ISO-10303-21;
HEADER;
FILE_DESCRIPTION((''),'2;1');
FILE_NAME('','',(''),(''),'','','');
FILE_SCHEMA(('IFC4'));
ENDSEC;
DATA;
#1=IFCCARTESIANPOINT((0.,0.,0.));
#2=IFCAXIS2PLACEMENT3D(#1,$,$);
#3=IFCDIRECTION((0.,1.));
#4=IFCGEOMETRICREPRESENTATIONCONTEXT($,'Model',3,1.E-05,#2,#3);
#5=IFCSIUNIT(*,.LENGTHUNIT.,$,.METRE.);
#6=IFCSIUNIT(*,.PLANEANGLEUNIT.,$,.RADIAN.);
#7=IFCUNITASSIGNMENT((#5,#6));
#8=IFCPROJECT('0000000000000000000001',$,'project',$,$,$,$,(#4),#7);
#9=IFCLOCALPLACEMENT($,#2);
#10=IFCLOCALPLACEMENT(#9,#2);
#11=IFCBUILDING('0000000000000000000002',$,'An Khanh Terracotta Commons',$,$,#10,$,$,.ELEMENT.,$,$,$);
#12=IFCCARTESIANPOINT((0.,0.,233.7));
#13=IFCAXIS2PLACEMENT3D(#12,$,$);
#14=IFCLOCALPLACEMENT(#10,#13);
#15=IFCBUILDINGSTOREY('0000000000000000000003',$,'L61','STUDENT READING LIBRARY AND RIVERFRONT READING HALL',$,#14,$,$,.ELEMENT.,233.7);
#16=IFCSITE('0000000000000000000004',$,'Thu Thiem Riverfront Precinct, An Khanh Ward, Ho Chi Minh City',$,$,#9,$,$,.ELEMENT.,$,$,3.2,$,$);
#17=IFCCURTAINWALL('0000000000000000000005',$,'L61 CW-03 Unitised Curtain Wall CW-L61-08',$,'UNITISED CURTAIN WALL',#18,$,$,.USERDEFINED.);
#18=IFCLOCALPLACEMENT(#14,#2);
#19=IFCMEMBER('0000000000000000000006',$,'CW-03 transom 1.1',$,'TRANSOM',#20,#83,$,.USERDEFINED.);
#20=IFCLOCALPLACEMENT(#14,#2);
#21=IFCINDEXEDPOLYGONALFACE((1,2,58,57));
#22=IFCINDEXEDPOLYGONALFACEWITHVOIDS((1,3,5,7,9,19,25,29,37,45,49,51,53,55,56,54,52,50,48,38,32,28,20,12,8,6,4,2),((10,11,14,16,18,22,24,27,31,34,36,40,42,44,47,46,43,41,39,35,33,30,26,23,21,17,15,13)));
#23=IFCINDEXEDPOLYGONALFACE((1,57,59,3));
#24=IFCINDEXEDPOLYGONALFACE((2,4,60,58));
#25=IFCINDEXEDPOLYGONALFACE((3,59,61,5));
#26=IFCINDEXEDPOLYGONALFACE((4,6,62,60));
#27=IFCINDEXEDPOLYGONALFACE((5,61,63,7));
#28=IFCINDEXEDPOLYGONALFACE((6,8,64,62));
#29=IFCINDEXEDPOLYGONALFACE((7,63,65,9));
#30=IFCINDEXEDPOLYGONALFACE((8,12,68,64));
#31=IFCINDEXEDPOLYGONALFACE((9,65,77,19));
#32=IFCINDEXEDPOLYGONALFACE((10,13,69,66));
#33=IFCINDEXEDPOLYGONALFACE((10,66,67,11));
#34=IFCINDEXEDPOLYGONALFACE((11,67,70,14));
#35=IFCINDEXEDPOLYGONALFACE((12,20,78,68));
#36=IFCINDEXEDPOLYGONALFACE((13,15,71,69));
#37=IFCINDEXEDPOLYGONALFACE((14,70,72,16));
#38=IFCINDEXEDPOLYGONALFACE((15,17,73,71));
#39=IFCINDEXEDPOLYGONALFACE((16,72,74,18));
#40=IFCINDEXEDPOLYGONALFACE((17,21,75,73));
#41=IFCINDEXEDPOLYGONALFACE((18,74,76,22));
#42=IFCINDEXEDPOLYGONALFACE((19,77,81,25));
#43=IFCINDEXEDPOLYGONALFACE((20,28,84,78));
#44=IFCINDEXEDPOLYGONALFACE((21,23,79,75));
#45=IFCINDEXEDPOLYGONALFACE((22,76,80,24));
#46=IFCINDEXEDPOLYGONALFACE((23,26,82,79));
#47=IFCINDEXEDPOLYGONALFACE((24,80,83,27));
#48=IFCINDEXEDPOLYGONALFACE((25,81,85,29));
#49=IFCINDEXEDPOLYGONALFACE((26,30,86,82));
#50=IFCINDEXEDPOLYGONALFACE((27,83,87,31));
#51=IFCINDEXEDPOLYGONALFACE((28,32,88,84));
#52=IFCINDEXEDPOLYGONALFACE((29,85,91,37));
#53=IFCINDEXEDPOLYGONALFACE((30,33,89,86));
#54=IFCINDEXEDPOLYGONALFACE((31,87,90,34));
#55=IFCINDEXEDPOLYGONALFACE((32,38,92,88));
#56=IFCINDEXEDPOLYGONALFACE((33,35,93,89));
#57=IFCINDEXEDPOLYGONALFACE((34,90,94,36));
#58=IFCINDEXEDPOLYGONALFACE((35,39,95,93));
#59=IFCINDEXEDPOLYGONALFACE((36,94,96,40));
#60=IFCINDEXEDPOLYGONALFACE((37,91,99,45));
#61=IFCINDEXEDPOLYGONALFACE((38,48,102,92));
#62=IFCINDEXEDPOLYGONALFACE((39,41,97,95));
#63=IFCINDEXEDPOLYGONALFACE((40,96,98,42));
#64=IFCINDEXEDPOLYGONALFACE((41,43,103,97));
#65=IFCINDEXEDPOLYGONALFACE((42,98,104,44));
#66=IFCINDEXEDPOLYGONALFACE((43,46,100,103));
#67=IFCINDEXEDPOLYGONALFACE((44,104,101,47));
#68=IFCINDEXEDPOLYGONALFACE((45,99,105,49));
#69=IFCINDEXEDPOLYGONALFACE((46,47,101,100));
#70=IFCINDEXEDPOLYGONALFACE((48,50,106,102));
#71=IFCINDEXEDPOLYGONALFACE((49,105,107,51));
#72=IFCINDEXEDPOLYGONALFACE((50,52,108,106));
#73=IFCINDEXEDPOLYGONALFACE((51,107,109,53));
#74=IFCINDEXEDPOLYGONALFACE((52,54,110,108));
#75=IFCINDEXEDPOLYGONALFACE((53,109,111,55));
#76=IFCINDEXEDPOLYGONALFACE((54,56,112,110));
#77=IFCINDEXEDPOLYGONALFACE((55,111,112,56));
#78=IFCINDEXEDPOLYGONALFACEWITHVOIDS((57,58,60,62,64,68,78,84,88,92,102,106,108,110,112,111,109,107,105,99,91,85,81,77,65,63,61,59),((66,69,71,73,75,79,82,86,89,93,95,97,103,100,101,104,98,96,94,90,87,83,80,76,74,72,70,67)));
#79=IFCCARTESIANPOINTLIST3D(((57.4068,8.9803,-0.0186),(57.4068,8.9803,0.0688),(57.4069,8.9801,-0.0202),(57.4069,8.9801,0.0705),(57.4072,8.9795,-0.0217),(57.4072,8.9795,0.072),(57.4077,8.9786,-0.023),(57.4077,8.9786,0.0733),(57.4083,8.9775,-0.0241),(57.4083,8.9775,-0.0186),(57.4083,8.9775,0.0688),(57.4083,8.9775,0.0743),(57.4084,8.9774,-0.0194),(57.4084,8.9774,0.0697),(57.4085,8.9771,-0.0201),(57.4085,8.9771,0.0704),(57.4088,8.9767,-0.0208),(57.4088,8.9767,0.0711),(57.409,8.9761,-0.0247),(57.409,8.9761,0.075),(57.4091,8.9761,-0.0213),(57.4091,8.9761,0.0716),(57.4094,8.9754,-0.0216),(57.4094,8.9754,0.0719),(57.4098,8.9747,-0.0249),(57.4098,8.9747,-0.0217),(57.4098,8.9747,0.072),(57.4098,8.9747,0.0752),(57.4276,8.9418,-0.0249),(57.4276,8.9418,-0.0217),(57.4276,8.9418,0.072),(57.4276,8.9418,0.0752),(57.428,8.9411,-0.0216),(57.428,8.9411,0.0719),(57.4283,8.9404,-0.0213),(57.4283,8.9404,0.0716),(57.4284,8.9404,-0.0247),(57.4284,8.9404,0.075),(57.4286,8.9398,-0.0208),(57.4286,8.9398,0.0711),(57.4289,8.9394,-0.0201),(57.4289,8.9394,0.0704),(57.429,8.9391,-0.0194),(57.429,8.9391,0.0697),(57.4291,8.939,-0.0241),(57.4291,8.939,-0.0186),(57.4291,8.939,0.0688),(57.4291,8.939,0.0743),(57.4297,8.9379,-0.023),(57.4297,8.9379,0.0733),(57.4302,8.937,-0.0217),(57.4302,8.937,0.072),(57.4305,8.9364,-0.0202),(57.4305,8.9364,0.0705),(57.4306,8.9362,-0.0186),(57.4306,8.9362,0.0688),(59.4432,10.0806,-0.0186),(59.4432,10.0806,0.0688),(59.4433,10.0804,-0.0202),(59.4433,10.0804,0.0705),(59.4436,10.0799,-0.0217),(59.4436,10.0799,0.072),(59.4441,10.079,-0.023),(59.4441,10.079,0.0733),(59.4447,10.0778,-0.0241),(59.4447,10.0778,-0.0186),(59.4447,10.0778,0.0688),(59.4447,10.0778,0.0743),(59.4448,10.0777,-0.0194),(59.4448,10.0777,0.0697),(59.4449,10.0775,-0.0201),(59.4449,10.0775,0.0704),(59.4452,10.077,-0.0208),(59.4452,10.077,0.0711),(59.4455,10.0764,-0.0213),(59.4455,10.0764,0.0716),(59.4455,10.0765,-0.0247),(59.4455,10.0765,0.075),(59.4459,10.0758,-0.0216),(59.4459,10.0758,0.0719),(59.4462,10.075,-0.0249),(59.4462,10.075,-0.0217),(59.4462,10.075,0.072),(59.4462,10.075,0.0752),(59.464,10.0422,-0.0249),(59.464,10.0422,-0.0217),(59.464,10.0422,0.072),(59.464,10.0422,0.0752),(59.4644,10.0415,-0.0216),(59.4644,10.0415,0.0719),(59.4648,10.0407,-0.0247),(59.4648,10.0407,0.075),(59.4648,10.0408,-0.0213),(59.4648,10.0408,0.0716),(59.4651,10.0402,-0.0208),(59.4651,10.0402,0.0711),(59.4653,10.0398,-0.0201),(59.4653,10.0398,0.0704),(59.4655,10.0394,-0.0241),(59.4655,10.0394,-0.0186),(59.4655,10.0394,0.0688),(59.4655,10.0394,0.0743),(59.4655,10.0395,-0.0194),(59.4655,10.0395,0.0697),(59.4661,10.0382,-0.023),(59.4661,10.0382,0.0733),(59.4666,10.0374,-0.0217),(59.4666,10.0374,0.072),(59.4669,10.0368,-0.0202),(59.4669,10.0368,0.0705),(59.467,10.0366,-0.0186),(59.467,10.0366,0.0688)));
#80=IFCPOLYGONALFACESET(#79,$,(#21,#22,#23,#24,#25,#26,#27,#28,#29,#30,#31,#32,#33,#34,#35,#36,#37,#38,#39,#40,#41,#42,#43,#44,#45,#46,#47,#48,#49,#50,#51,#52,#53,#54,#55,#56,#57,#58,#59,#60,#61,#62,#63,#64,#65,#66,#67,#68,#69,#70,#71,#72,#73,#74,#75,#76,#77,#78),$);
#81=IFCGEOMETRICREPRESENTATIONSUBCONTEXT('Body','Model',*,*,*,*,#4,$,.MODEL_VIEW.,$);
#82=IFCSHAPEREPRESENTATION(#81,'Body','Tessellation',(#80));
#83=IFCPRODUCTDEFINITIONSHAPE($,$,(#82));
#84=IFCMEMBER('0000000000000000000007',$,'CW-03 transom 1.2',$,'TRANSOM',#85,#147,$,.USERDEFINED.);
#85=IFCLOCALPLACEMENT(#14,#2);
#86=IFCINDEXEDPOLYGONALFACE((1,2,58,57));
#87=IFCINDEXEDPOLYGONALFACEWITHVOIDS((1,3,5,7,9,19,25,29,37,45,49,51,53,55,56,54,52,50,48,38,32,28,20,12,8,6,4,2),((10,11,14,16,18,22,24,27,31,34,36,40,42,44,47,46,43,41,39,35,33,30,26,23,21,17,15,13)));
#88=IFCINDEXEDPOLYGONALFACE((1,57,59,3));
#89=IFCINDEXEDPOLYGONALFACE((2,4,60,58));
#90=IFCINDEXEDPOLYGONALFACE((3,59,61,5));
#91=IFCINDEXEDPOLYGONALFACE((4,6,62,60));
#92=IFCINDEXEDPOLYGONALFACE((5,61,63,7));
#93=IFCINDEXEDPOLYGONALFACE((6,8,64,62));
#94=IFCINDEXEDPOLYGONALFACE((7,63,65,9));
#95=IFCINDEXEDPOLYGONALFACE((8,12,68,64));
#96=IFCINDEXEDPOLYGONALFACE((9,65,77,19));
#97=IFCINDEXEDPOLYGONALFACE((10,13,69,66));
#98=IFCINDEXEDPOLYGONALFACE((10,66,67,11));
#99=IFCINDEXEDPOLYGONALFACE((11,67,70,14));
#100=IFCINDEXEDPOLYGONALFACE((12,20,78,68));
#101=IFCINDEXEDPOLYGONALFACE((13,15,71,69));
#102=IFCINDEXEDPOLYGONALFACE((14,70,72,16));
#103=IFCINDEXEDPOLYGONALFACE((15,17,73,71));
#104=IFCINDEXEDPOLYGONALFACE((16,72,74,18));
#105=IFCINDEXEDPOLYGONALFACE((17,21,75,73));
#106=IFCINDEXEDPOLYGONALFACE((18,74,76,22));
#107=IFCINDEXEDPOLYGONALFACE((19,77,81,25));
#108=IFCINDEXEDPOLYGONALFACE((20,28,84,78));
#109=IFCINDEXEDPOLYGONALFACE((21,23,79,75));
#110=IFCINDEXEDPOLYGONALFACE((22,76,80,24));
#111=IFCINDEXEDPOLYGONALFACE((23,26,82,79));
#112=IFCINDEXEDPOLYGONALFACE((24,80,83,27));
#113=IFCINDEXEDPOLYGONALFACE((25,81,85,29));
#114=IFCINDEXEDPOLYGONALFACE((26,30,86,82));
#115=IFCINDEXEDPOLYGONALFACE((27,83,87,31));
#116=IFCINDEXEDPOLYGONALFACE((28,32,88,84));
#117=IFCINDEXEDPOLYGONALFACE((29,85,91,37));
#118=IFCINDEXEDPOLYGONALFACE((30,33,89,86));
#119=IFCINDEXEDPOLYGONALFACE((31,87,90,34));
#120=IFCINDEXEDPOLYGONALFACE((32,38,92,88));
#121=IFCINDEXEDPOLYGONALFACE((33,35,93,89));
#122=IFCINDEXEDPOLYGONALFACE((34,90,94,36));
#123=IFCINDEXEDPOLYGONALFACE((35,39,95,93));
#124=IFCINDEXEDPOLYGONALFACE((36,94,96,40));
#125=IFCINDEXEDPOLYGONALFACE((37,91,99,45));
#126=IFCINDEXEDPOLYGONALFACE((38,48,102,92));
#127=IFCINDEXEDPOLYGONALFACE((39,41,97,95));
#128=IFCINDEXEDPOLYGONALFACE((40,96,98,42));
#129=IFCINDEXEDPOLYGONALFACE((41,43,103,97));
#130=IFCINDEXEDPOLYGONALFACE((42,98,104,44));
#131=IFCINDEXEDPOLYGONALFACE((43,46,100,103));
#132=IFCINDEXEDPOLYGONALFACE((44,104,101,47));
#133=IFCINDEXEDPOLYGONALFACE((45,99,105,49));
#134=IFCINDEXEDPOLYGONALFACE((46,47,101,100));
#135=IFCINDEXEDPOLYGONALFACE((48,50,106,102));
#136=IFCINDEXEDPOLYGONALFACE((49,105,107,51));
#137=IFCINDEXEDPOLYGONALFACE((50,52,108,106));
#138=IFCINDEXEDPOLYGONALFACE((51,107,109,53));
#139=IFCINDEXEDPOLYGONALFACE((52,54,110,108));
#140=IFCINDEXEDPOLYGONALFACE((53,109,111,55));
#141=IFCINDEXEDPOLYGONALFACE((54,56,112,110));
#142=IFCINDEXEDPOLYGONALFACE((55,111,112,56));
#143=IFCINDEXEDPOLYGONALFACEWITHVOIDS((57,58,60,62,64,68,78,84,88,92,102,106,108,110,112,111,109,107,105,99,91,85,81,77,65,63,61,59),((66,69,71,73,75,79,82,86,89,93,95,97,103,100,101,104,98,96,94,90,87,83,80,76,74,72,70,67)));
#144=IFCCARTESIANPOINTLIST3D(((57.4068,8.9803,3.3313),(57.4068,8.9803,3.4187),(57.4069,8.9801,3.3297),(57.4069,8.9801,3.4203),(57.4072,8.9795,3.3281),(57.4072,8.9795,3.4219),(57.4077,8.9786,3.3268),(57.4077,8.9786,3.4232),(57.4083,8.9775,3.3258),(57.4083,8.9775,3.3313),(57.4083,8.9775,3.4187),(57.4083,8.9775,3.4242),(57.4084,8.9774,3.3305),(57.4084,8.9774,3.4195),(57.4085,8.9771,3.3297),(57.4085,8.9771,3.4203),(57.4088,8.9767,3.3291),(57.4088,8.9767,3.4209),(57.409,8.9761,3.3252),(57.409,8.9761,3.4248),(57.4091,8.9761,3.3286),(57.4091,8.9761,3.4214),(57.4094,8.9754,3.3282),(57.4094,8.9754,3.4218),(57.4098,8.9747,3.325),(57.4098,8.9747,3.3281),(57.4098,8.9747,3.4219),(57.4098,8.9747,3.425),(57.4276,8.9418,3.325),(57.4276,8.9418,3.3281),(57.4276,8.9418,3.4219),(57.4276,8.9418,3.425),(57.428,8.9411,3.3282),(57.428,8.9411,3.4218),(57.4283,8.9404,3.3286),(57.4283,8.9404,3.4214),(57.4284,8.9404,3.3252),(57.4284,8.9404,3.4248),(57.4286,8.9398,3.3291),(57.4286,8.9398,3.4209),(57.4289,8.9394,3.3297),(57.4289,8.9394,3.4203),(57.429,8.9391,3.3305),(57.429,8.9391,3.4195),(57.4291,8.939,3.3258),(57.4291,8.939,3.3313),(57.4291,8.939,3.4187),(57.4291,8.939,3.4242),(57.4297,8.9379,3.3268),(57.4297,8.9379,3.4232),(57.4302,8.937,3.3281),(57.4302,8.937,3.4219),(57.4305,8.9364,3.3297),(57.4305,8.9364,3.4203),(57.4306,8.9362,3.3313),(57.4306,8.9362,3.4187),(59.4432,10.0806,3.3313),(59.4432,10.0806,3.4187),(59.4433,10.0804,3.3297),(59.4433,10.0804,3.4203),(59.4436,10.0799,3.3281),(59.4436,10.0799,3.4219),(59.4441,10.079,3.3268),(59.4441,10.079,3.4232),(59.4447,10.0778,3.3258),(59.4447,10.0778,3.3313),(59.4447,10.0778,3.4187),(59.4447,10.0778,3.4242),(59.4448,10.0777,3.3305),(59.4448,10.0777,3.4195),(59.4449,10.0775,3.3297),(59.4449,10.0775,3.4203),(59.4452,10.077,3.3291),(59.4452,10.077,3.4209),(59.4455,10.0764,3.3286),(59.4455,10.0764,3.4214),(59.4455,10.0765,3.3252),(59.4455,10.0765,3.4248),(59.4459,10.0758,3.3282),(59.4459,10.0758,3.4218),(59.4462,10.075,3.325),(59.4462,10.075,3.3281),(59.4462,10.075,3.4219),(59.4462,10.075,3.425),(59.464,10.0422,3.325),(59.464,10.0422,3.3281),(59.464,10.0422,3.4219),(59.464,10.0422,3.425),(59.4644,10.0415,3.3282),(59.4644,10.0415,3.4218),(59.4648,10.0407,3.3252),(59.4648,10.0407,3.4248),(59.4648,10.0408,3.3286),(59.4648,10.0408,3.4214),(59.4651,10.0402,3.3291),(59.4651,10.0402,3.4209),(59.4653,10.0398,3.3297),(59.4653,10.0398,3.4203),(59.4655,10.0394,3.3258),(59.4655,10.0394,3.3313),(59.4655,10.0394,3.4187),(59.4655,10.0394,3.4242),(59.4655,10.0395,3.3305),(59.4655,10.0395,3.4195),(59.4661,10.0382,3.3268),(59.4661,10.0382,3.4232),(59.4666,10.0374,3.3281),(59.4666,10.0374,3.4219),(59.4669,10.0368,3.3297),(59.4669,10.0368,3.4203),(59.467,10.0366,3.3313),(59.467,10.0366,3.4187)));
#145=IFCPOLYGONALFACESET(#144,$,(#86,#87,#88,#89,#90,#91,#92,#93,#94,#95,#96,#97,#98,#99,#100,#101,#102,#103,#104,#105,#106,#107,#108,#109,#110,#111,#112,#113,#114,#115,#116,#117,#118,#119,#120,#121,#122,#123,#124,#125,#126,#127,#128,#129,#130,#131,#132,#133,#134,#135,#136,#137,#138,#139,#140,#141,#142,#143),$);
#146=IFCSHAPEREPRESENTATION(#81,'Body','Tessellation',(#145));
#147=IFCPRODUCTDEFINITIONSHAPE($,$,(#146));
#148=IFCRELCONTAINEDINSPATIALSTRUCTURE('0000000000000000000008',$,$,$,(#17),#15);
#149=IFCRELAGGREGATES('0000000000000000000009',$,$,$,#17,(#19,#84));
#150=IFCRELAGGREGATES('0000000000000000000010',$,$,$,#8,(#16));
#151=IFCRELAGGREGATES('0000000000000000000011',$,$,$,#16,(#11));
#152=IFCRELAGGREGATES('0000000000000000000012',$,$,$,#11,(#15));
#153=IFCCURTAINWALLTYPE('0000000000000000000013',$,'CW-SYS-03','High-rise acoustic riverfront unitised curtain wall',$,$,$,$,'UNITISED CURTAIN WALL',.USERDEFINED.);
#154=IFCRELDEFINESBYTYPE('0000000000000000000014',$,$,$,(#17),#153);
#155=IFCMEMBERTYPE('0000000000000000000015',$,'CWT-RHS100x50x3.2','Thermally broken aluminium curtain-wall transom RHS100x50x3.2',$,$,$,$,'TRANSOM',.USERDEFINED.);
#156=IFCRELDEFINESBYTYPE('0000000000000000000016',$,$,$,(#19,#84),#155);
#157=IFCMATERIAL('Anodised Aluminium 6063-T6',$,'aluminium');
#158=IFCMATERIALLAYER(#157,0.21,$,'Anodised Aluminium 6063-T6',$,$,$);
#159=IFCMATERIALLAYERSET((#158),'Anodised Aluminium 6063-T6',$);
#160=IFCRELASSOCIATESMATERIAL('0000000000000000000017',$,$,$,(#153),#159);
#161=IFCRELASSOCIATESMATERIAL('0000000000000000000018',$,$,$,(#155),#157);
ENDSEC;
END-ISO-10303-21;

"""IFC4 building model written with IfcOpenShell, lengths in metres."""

from ifc_helpers import new_model, si_unit, direction, frame, origin, origin_2d, place, context, subcontext, project, spatial, hollow_rectangle, extrude, material, layer, layer_set, material_profile, profile_set, type_object, element, aggregate, save


model = new_model("IFC4")

# Units and contexts
model_context = context("Model", 3, precision=1e-05, world=origin(), true_north=direction((0.0, 1.0)))
body_context = subcontext(model_context, "Body", "Model", "MODEL_VIEW")
ifc_project = project(units=[si_unit("LENGTHUNIT", "METRE"), si_unit("PLANEANGLEUNIT", "RADIAN")], contexts=[model_context])

# Site, building, storey
site_placement = place(None, origin())
site = spatial("IfcSite", under=ifc_project, at=site_placement, Name="Thu Thiem Riverfront Precinct, An Khanh Ward, Ho Chi Minh City", CompositionType="ELEMENT", RefElevation=3.2)
building_placement = place(site_placement, origin())
building = spatial("IfcBuilding", under=site, at=building_placement, Name="An Khanh Terracotta Commons", CompositionType="ELEMENT")
storey_placement = place(building_placement, frame((0.0, 0.0, 233.7)))
storey = spatial("IfcBuildingStorey", under=building, at=storey_placement, Name="L61", Description="STUDENT READING LIBRARY AND RIVERFRONT READING HALL", CompositionType="ELEMENT", Elevation=233.7)

# Curtain wall, members
ifc_material_1 = material(Name="Anodised Aluminium 6063-T6", Category="aluminium")
ifc_layer_1 = layer(ifc_material_1, 0.21, Name="Anodised Aluminium 6063-T6")
ifc_layer_set_1 = layer_set([ifc_layer_1], Name="Anodised Aluminium 6063-T6")
curtain_wall_type = type_object("IfcCurtainWallType", Name="CW-SYS-03", Description="High-rise acoustic riverfront unitised curtain wall", ElementType="UNITISED CURTAIN WALL", PredefinedType="USERDEFINED", material=ifc_layer_set_1)
curtain_wall_placement = place(storey_placement, origin())
curtain_wall = element("IfcCurtainWall", 1, at=curtain_wall_placement, inside=storey, type_object=curtain_wall_type, Name="L61 CW-03 Unitised Curtain Wall CW-L61-08", ObjectType="UNITISED CURTAIN WALL", PredefinedType="USERDEFINED")
ifc_material_profile_1 = material_profile(ifc_material_1, hollow_rectangle(XDim=0.05, YDim=0.1001, WallThickness=0.0032, InnerFilletRadius=0.0032, OuterFilletRadius=0.0063, at=origin_2d()), Name="RHS100x50x3.2")
ifc_profile_set_1 = profile_set([ifc_material_profile_1], Name="Anodised Aluminium 6063-T6")
member_type_1 = type_object("IfcMemberType", Name="CWT-RHS100x50x3.2", Description="Thermally broken aluminium curtain-wall transom RHS100x50x3.2", ElementType="TRANSOM", PredefinedType="USERDEFINED", material=ifc_profile_set_1)
member_1_placement = place(storey_placement, frame((57.4187, 8.9583, 0.0251), z_axis=(0.879779, 0.475382, 0.0), x_axis=(-0.475382, 0.879779, 0.0)))
member_1 = element("IfcMember", 2, at=member_1_placement, type_object=member_type_1, Name="CW-03 transom 1.1", ObjectType="TRANSOM", PredefinedType="USERDEFINED", context=body_context, shape_type="SweptSolid", body=[
    extrude(hollow_rectangle(XDim=0.05, YDim=0.1001, WallThickness=0.0032, InnerFilletRadius=0.0032, OuterFilletRadius=0.0063, at=origin_2d()), origin(), (0.0, 0.0, 1.0), 2.3147),
])
member_2_placement = place(storey_placement, frame((57.4187, 8.9583, 3.375), z_axis=(0.879779, 0.475382, 0.0), x_axis=(-0.475382, 0.879779, 0.0)))
member_2 = element("IfcMember", 3, at=member_2_placement, type_object=member_type_1, Name="CW-03 transom 1.2", ObjectType="TRANSOM", PredefinedType="USERDEFINED", context=body_context, shape_type="SweptSolid", body=[
    extrude(hollow_rectangle(XDim=0.05, YDim=0.1001, WallThickness=0.0032, InnerFilletRadius=0.0032, OuterFilletRadius=0.0063, at=origin_2d()), origin(), (0.0, 0.0, 1.0), 2.3147),
])
aggregate(curtain_wall, [member_1, member_2])

save(model, "model.ifc")
